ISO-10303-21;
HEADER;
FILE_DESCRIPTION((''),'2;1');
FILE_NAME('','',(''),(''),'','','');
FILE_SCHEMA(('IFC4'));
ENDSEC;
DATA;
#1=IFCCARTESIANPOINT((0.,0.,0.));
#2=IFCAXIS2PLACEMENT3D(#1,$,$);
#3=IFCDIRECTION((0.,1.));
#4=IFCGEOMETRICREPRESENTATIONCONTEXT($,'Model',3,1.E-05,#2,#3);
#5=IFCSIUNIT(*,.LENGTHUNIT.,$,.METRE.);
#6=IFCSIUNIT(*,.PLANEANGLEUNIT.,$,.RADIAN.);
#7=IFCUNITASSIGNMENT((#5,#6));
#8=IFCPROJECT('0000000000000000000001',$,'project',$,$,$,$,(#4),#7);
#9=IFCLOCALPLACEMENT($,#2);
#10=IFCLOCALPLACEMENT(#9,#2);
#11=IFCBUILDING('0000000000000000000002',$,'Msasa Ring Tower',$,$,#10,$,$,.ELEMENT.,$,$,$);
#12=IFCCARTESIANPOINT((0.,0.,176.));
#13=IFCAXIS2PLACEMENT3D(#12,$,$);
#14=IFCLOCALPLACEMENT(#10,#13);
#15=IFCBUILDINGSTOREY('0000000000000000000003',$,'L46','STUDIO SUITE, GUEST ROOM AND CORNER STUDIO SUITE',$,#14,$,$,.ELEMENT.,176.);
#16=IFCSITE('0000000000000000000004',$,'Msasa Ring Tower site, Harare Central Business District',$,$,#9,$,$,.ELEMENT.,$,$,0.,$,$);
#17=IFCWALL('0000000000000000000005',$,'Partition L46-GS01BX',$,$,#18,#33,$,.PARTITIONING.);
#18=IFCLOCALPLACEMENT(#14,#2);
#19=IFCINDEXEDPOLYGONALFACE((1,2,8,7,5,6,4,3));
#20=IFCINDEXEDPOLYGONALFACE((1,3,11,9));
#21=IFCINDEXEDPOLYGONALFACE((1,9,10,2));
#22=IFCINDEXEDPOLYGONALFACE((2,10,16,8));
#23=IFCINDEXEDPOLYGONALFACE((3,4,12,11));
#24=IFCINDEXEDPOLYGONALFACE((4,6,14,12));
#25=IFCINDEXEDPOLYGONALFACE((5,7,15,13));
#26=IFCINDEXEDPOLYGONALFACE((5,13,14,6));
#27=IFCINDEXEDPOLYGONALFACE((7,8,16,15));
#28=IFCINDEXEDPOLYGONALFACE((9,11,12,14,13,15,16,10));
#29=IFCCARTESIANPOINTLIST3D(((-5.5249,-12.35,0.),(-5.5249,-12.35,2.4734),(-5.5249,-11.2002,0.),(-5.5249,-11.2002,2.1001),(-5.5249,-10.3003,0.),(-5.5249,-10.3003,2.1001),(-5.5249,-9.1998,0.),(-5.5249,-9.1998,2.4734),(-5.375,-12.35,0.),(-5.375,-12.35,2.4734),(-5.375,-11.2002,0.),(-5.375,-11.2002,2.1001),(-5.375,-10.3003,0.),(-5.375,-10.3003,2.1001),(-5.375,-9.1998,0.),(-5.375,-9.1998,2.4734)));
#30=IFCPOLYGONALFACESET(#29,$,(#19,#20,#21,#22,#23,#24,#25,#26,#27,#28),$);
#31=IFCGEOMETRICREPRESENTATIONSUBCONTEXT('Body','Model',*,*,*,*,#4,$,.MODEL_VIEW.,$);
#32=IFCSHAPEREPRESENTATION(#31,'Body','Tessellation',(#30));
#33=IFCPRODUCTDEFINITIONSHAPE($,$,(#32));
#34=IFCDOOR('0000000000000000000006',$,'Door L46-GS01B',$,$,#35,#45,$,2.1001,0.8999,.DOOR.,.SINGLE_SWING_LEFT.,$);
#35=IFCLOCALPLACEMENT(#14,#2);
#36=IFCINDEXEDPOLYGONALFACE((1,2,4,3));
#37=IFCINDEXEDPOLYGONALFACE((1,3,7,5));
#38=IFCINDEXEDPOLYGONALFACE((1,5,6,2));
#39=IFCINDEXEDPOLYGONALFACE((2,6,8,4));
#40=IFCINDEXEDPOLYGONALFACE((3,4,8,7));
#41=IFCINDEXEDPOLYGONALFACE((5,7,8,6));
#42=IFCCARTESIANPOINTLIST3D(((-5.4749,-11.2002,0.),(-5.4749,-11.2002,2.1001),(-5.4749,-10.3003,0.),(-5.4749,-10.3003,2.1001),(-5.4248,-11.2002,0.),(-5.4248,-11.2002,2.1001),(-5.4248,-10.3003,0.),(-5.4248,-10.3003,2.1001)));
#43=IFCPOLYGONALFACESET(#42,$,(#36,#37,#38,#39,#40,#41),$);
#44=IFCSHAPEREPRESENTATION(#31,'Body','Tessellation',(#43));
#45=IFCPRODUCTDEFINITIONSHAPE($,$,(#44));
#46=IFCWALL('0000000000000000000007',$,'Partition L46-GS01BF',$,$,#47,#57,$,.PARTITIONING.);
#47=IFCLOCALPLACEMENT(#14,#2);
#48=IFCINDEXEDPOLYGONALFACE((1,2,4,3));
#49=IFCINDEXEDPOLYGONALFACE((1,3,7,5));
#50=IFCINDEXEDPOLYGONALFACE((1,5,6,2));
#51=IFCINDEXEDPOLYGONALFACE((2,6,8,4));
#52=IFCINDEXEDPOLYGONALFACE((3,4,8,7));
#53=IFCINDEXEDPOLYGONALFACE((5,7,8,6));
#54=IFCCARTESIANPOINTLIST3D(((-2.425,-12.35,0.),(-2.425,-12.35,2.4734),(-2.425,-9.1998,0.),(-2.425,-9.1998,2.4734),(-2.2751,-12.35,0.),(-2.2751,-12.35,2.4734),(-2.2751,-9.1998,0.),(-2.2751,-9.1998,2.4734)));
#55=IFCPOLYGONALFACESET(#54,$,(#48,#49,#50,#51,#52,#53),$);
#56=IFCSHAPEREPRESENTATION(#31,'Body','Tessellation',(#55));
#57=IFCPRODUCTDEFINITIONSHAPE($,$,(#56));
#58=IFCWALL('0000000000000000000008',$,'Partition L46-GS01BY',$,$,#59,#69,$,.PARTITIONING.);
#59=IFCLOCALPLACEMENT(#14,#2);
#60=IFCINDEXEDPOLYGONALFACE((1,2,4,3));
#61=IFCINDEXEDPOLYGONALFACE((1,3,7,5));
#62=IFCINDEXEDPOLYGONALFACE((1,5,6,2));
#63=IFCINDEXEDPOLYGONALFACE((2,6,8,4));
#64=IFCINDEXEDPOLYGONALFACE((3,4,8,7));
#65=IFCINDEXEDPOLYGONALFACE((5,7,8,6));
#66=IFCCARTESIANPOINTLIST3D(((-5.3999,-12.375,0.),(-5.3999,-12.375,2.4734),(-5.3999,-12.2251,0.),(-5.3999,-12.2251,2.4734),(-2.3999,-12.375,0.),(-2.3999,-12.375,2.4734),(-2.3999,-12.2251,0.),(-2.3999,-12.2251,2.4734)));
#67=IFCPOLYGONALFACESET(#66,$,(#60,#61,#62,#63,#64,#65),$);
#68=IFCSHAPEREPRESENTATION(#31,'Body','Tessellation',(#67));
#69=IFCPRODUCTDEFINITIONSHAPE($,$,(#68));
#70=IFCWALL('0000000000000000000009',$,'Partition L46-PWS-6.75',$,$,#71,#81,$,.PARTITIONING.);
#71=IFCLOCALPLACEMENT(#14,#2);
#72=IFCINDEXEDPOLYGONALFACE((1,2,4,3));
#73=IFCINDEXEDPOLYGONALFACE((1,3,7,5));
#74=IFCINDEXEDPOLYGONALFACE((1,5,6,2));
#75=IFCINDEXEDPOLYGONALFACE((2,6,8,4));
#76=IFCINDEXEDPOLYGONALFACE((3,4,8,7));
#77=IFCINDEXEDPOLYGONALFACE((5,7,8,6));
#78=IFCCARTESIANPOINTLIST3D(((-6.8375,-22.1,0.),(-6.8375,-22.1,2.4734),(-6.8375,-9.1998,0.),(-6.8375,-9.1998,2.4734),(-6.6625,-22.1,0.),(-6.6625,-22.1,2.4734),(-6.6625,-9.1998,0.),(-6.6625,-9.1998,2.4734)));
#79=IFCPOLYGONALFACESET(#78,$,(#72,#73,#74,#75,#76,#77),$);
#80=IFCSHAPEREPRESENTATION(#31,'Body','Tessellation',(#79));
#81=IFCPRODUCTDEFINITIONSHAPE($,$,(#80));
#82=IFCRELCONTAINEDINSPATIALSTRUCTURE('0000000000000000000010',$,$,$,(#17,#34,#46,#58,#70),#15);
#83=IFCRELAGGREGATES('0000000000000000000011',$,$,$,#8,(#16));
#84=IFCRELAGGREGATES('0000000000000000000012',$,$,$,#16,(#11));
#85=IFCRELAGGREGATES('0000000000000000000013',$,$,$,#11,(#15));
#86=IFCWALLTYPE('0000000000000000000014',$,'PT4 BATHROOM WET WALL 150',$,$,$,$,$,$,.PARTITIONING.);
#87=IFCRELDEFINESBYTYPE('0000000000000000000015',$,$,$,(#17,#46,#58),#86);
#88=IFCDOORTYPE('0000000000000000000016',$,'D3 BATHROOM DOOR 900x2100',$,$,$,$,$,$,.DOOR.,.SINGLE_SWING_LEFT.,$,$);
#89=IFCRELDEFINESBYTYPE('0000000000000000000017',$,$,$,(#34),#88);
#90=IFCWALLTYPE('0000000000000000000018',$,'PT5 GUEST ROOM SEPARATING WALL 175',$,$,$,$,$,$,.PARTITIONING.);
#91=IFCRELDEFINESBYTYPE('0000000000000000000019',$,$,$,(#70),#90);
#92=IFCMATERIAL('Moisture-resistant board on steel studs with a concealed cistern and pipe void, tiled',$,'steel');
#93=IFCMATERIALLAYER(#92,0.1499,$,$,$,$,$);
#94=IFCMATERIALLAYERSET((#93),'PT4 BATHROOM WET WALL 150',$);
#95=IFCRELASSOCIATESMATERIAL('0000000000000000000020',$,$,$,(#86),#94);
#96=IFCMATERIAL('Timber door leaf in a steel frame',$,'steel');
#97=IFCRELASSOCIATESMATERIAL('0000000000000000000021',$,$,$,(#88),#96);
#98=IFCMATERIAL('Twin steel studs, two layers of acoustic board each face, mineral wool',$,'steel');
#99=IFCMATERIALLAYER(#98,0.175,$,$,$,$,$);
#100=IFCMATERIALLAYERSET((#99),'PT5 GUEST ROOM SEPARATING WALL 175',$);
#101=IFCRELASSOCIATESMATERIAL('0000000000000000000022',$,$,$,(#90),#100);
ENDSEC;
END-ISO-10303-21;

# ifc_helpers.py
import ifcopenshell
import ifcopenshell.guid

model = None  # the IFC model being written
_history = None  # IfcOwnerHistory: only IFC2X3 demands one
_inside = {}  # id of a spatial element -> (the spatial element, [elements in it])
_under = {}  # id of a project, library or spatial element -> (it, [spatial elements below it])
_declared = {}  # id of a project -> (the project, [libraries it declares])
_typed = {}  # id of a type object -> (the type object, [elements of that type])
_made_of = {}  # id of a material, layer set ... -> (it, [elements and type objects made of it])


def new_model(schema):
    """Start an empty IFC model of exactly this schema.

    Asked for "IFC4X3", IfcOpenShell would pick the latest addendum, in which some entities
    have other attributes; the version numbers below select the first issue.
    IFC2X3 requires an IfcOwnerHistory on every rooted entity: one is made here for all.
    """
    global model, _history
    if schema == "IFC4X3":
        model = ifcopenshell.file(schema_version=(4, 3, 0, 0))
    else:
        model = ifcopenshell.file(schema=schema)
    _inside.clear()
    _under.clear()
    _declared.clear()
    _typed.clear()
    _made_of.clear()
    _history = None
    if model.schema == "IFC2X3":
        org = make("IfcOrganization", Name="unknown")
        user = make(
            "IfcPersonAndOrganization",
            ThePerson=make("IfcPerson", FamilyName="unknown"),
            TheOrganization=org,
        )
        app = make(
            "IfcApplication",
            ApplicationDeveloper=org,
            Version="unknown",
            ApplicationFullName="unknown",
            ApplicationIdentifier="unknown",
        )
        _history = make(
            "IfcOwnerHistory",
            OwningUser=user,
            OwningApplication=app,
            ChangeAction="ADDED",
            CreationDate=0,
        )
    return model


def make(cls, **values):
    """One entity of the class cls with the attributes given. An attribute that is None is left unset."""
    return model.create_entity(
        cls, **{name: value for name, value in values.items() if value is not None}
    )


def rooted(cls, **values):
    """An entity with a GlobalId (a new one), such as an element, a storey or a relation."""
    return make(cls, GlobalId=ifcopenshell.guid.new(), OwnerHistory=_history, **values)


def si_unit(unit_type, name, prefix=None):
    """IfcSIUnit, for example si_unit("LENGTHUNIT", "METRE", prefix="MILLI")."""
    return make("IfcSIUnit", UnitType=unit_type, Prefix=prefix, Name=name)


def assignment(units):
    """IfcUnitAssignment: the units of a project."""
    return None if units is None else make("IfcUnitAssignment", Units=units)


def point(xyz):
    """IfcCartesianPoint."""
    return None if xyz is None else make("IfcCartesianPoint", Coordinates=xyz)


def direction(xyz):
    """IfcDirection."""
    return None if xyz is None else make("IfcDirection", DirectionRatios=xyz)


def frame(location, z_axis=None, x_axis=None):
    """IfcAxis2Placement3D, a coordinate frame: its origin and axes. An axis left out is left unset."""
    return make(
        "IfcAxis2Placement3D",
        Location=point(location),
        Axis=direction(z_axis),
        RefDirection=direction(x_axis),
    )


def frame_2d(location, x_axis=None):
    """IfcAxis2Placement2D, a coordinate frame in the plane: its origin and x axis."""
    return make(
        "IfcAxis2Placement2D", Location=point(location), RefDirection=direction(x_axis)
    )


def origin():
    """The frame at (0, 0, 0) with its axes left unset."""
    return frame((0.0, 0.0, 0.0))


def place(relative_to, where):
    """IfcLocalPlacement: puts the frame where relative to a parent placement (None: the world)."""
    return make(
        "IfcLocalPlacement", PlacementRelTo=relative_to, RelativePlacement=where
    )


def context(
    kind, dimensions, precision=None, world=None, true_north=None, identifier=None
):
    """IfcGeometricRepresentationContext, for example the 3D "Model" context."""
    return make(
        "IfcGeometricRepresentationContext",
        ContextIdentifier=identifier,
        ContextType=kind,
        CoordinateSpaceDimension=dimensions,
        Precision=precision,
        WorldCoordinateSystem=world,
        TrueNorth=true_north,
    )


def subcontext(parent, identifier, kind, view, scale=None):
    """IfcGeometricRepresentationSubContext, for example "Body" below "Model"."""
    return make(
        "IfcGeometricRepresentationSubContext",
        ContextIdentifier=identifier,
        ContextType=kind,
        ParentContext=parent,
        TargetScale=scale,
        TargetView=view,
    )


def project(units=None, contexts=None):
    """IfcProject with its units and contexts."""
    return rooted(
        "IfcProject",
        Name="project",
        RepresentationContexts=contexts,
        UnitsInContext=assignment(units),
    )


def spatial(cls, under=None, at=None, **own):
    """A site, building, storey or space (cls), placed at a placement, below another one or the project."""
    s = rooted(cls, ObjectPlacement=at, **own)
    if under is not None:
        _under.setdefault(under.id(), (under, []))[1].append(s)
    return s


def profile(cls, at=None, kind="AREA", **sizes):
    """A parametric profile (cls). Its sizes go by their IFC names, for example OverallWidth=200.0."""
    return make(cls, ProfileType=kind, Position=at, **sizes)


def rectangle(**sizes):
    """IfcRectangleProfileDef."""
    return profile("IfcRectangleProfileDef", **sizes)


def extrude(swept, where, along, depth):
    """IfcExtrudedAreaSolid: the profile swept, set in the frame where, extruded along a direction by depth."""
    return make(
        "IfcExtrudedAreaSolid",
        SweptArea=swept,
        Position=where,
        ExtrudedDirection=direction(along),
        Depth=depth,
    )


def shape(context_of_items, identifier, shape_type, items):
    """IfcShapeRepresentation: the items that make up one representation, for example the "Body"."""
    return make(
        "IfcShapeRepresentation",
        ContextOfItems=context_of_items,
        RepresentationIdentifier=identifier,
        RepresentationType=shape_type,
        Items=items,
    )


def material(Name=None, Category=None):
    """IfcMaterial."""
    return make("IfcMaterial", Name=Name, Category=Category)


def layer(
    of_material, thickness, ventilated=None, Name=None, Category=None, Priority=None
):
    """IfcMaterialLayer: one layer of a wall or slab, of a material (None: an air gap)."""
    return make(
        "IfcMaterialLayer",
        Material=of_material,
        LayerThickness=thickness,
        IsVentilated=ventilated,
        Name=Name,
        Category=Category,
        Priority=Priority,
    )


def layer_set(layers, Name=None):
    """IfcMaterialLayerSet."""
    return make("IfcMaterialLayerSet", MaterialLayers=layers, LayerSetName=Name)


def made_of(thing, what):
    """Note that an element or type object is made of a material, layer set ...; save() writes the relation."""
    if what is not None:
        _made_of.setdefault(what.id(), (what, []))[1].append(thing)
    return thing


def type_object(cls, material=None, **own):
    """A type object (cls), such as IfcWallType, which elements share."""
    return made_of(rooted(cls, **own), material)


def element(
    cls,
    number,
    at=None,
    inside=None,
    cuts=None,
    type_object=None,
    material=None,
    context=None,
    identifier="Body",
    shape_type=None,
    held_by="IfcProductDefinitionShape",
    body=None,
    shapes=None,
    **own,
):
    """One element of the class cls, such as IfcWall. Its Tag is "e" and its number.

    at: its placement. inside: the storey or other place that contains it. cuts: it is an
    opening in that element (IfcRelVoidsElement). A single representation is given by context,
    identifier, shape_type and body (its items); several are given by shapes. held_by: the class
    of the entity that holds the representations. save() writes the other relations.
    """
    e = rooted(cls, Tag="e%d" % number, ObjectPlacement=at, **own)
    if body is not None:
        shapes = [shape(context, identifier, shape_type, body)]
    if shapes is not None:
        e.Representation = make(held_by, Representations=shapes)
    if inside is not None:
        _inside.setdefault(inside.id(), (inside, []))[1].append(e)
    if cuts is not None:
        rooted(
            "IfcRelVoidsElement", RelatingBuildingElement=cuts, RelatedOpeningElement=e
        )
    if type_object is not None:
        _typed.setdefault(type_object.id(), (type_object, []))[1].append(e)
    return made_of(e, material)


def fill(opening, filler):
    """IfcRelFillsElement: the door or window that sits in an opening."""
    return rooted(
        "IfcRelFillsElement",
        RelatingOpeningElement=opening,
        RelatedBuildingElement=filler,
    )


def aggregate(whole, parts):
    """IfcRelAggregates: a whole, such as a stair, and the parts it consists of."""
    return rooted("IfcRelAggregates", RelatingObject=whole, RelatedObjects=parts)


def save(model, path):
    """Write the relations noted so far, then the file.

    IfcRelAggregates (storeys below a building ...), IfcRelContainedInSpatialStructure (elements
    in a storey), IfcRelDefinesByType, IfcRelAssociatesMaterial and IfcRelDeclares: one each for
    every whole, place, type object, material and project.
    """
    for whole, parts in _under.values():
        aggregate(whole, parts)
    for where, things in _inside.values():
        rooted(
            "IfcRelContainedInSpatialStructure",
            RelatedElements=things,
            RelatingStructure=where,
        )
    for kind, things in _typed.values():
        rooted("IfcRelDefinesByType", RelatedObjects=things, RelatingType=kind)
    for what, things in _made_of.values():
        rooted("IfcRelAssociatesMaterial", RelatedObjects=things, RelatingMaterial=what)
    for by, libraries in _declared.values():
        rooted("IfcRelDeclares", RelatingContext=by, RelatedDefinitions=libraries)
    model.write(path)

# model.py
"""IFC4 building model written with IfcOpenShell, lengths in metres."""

from ifc_helpers import new_model, si_unit, direction, frame, frame_2d, origin, place, context, subcontext, project, spatial, rectangle, extrude, material, layer, layer_set, type_object, element, fill, save


model = new_model("IFC4")

# Units and contexts
model_context = context("Model", 3, precision=1e-05, world=origin(), true_north=direction((0.0, 1.0)))
body_context = subcontext(model_context, "Body", "Model", "MODEL_VIEW")
ifc_project = project(units=[si_unit("LENGTHUNIT", "METRE"), si_unit("PLANEANGLEUNIT", "RADIAN")], contexts=[model_context])

# Site, building, storey
site_placement = place(None, origin())
site = spatial("IfcSite", under=ifc_project, at=site_placement, Name="Msasa Ring Tower site, Harare Central Business District", CompositionType="ELEMENT", RefElevation=0.0)
building_placement = place(site_placement, origin())
building = spatial("IfcBuilding", under=site, at=building_placement, Name="Msasa Ring Tower", CompositionType="ELEMENT")
storey_placement = place(building_placement, frame((0.0, 0.0, 176.0)))
storey = spatial("IfcBuildingStorey", under=building, at=storey_placement, Name="L46", Description="STUDIO SUITE, GUEST ROOM AND CORNER STUDIO SUITE", CompositionType="ELEMENT", Elevation=176.0)

# Shared definitions
ifc_material_1 = material(Name="Moisture-resistant board on steel studs with a concealed cistern and pipe void, tiled", Category="steel")
ifc_layer_1 = layer(ifc_material_1, 0.1499)
ifc_layer_set_1 = layer_set([ifc_layer_1], Name="PT4 BATHROOM WET WALL 150")
wall_type_1 = type_object("IfcWallType", Name="PT4 BATHROOM WET WALL 150", PredefinedType="PARTITIONING", material=ifc_layer_set_1)

# Wall, opening, door
wall_1_placement = place(storey_placement, frame((-5.45, -12.3501, 0.0), z_axis=(0.0, 0.0, 1.0), x_axis=(0.0, 1.0, 0.0)))
wall_1 = element("IfcWall", 1, at=wall_1_placement, inside=storey, type_object=wall_type_1, Name="Partition L46-GS01BX", PredefinedType="PARTITIONING", context=body_context, shape_type="SweptSolid", body=[
    extrude(rectangle(XDim=3.1501, YDim=0.1499, at=frame_2d((1.5752, 0.0))), origin(), (0.0, 0.0, 1.0), 2.4734),
])
opening_1_placement = place(wall_1_placement, frame((1.1499, 0.0, 0.0)))
opening_1 = element("IfcOpeningElement", 2, at=opening_1_placement, cuts=wall_1, PredefinedType="OPENING", context=body_context, shape_type="SweptSolid", body=[
    extrude(rectangle(XDim=0.8999, YDim=2.1001, at=frame_2d((0.45, 1.05))), frame((0.0, 0.085, 0.0), z_axis=(0.0, -1.0, 0.0), x_axis=(1.0, 0.0, 0.0)), (0.0, 0.0, 1.0), 0.1699),
])
ifc_material_2 = material(Name="Timber door leaf in a steel frame", Category="steel")
door_type = type_object("IfcDoorType", Name="D3 BATHROOM DOOR 900x2100", OperationType="SINGLE_SWING_LEFT", PredefinedType="DOOR", material=ifc_material_2)
door_placement = place(opening_1_placement, origin())
door = element("IfcDoor", 3, at=door_placement, inside=storey, type_object=door_type, Name="Door L46-GS01B", OperationType="SINGLE_SWING_LEFT", OverallHeight=2.1001, OverallWidth=0.8999, PredefinedType="DOOR", context=body_context, shape_type="SweptSolid", body=[
    extrude(rectangle(XDim=0.8999, YDim=2.1001, at=frame_2d((0.45, 1.05))), frame((0.0, 0.0249, 0.0), z_axis=(0.0, -1.0, 0.0), x_axis=(1.0, 0.0, 0.0)), (0.0, 0.0, 1.0), 0.05),
])
fill(opening_1, door)

# Walls
wall_2_placement = place(storey_placement, frame((-2.3501, -12.3501, 0.0), z_axis=(0.0, 0.0, 1.0), x_axis=(0.0, 1.0, 0.0)))
element("IfcWall", 4, at=wall_2_placement, inside=storey, type_object=wall_type_1, Name="Partition L46-GS01BF", PredefinedType="PARTITIONING", context=body_context, shape_type="SweptSolid", body=[
    extrude(rectangle(XDim=3.1501, YDim=0.1499, at=frame_2d((1.5752, 0.0))), origin(), (0.0, 0.0, 1.0), 2.4734),
])
wall_3_placement = place(storey_placement, frame((-5.3999, -12.3, 0.0), z_axis=(0.0, 0.0, 1.0), x_axis=(1.0, 0.0, 0.0)))
element("IfcWall", 5, at=wall_3_placement, inside=storey, type_object=wall_type_1, Name="Partition L46-GS01BY", PredefinedType="PARTITIONING", context=body_context, shape_type="SweptSolid", body=[
    extrude(rectangle(XDim=3.0, YDim=0.1499, at=frame_2d((1.5, 0.0))), origin(), (0.0, 0.0, 1.0), 2.4734),
])
ifc_material_3 = material(Name="Twin steel studs, two layers of acoustic board each face, mineral wool", Category="steel")
ifc_layer_2 = layer(ifc_material_3, 0.175)
ifc_layer_set_2 = layer_set([ifc_layer_2], Name="PT5 GUEST ROOM SEPARATING WALL 175")
wall_type_2 = type_object("IfcWallType", Name="PT5 GUEST ROOM SEPARATING WALL 175", PredefinedType="PARTITIONING", material=ifc_layer_set_2)
wall_4_placement = place(storey_placement, frame((-6.75, -22.1001, 0.0), z_axis=(0.0, 0.0, 1.0), x_axis=(0.0, 1.0, 0.0)))
element("IfcWall", 6, at=wall_4_placement, inside=storey, type_object=wall_type_2, Name="Partition L46-PWS-6.75", PredefinedType="PARTITIONING", context=body_context, shape_type="SweptSolid", body=[
    extrude(rectangle(XDim=12.9001, YDim=0.175, at=frame_2d((6.4502, 0.0))), origin(), (0.0, 0.0, 1.0), 2.4734),
])

save(model, "model.ifc")
